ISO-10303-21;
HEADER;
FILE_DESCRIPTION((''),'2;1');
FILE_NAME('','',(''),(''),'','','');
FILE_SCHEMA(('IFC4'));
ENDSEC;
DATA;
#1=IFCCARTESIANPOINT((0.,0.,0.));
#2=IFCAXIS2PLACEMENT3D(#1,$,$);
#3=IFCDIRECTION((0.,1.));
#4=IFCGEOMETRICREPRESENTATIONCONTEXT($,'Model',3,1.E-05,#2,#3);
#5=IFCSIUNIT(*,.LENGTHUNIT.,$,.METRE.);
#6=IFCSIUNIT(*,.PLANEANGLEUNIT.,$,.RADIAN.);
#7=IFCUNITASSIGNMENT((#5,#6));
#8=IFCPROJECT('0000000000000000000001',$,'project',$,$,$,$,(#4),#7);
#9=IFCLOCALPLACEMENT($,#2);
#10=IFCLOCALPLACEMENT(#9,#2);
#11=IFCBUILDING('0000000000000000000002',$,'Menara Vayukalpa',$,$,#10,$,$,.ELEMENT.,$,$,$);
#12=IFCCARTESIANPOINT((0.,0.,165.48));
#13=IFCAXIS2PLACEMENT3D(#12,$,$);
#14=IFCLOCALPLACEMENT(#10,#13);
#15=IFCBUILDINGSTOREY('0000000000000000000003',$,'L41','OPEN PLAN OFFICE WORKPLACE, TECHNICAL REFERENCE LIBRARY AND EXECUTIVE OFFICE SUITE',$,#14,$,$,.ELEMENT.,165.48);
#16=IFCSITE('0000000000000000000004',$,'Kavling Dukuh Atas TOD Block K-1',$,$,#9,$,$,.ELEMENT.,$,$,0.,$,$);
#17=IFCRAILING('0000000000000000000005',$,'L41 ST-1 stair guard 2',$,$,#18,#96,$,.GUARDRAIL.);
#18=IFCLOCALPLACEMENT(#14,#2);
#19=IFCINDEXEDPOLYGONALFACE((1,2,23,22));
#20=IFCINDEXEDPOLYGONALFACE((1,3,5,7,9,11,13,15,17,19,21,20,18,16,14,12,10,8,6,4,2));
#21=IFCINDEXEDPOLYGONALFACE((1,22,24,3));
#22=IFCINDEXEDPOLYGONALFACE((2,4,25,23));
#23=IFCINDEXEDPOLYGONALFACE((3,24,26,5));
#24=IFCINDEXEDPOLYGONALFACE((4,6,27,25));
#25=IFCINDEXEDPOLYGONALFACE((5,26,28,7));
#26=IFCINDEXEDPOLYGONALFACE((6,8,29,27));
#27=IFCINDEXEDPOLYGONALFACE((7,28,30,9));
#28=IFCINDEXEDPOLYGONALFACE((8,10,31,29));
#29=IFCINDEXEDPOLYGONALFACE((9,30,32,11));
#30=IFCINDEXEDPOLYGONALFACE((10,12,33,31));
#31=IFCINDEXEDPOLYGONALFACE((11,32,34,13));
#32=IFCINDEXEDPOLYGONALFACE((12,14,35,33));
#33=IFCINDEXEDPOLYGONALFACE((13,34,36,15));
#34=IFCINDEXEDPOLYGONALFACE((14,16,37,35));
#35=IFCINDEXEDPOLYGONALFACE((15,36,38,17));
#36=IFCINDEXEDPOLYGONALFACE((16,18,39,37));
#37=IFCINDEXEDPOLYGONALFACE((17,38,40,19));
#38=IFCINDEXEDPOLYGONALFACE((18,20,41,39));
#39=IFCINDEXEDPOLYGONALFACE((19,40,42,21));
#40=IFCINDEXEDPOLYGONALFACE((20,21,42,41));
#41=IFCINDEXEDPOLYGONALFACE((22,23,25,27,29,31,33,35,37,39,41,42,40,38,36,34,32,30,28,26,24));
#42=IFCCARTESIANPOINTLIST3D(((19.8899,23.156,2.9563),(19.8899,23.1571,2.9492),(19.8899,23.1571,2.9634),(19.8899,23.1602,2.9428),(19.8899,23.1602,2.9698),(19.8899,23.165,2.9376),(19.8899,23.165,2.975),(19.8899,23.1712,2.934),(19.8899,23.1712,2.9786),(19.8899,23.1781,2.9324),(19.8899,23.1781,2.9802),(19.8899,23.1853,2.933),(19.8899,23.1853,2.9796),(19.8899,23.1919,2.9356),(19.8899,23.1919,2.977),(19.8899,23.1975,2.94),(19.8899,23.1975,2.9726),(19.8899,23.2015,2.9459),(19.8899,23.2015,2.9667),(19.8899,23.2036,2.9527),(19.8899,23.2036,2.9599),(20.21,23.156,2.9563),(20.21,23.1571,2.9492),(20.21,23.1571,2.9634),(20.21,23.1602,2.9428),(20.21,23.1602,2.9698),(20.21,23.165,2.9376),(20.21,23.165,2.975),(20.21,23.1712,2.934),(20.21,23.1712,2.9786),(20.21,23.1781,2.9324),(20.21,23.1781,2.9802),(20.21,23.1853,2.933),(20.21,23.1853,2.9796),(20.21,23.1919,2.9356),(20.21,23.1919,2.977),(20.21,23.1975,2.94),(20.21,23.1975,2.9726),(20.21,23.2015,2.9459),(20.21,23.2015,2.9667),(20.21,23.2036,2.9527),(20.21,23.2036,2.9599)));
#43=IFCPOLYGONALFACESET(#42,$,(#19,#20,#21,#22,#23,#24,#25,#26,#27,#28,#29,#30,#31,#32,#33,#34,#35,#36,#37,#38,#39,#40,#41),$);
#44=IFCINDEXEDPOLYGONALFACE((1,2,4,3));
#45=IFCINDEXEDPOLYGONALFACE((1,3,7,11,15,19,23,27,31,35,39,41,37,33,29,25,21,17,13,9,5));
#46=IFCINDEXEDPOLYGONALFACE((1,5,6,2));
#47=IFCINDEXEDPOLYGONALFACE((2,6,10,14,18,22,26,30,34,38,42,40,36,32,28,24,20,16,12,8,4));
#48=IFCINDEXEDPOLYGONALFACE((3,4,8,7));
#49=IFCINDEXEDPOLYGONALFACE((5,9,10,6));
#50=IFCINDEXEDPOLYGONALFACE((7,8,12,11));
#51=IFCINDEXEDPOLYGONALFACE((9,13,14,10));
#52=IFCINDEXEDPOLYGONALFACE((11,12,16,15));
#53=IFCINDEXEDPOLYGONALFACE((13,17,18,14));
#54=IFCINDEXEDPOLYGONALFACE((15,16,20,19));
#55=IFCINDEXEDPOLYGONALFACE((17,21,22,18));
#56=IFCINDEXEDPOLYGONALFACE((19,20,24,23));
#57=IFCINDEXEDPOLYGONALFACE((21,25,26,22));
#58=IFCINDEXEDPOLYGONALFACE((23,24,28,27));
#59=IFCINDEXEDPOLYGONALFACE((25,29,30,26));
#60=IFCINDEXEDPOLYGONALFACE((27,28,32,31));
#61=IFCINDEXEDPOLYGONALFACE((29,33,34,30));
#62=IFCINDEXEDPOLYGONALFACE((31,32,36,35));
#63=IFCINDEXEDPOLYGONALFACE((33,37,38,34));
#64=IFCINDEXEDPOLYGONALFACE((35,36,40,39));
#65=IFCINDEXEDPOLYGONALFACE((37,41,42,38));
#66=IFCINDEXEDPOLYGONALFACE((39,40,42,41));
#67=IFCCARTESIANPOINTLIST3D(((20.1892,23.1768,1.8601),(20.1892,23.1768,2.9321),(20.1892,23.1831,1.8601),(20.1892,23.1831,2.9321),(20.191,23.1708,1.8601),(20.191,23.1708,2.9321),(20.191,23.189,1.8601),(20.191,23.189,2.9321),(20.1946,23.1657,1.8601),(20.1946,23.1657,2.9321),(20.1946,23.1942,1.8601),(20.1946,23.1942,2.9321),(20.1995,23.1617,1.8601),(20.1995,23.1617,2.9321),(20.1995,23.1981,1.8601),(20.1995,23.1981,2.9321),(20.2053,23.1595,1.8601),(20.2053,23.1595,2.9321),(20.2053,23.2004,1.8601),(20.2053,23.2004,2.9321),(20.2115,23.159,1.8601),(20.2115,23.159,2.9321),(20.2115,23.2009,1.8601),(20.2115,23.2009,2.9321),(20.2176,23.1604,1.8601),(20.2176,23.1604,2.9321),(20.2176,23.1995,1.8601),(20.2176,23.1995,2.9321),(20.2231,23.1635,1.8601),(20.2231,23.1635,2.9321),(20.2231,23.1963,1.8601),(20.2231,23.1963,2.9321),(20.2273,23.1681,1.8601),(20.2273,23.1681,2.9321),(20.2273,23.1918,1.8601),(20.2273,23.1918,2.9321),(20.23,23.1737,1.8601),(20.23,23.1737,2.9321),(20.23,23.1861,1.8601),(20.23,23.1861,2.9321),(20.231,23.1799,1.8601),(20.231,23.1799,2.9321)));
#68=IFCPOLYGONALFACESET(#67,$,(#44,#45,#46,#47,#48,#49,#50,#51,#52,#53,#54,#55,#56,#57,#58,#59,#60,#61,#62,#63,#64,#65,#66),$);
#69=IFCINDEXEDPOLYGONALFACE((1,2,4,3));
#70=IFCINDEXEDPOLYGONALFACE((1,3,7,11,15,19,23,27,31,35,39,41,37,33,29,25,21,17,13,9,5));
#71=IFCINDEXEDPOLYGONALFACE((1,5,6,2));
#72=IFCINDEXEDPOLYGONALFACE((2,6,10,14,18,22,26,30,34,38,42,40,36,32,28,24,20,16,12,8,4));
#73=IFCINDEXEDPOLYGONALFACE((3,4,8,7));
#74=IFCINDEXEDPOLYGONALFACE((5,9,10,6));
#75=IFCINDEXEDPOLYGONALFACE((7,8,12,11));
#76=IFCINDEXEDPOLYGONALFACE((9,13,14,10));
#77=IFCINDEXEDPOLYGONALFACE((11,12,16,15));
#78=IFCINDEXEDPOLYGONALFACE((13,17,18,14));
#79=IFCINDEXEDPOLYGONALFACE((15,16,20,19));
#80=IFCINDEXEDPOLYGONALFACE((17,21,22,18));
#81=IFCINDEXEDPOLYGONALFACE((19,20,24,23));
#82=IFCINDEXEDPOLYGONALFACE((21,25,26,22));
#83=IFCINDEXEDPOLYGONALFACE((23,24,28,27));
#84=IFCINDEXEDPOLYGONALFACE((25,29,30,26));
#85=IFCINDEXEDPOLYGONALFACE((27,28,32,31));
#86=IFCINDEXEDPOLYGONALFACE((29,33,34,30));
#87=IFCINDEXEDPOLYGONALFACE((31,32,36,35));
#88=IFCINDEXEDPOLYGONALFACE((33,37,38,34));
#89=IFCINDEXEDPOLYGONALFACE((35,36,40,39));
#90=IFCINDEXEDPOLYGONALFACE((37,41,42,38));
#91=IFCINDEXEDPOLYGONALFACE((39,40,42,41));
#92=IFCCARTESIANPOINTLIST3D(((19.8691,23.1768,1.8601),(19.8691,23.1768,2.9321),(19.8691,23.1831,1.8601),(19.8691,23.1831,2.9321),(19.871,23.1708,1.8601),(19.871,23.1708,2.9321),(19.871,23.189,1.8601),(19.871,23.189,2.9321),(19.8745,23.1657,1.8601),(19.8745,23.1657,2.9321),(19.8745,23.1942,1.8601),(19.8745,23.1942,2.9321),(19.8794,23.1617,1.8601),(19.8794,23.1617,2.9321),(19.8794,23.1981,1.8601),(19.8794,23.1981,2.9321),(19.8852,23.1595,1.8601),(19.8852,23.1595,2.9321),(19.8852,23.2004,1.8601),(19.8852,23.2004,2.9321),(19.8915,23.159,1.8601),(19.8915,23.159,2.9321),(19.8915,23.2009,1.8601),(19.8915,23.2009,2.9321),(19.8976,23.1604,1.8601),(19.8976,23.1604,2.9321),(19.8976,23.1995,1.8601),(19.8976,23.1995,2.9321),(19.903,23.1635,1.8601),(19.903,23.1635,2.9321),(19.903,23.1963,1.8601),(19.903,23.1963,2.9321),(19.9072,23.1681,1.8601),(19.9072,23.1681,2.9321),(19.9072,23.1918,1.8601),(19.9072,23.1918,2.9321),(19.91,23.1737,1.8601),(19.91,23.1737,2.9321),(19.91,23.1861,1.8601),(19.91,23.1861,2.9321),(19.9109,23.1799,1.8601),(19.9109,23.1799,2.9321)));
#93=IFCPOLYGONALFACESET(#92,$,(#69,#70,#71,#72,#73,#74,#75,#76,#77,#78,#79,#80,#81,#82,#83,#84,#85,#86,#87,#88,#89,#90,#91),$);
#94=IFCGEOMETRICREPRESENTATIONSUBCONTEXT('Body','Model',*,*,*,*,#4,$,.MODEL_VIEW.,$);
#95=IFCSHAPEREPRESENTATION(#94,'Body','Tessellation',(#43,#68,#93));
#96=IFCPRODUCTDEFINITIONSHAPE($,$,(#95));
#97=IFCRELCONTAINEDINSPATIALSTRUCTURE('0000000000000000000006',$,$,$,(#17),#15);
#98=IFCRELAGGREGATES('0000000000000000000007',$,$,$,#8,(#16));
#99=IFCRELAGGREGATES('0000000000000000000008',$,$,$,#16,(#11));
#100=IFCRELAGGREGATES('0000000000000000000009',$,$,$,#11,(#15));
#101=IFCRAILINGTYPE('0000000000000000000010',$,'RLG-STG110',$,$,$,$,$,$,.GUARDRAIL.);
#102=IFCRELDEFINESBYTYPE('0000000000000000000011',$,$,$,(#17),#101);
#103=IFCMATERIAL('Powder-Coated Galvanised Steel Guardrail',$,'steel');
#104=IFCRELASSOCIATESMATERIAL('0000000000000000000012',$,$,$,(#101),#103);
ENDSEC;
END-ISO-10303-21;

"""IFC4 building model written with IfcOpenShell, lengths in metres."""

from ifc_helpers import new_model, si_unit, direction, frame, origin, origin_2d, place, context, subcontext, project, spatial, circle, extrude, material, type_object, element, save


model = new_model("IFC4")

# Units and contexts
model_context = context("Model", 3, precision=1e-05, world=origin(), true_north=direction((0.0, 1.0)))
body_context = subcontext(model_context, "Body", "Model", "MODEL_VIEW")
ifc_project = project(units=[si_unit("LENGTHUNIT", "METRE"), si_unit("PLANEANGLEUNIT", "RADIAN")], contexts=[model_context])

# Site, building, storey
site_placement = place(None, origin())
site = spatial("IfcSite", under=ifc_project, at=site_placement, Name="Kavling Dukuh Atas TOD Block K-1", CompositionType="ELEMENT", RefElevation=0.0)
building_placement = place(site_placement, origin())
building = spatial("IfcBuilding", under=site, at=building_placement, Name="Menara Vayukalpa", CompositionType="ELEMENT")
storey_placement = place(building_placement, frame((0.0, 0.0, 165.48)))
storey = spatial("IfcBuildingStorey", under=building, at=storey_placement, Name="L41", Description="OPEN PLAN OFFICE WORKPLACE, TECHNICAL REFERENCE LIBRARY AND EXECUTIVE OFFICE SUITE", CompositionType="ELEMENT", Elevation=165.48)

# Railing
ifc_material_1 = material(Name="Powder-Coated Galvanised Steel Guardrail", Category="steel")
railing_type_1 = type_object("IfcRailingType", Name="RLG-STG110", PredefinedType="GUARDRAIL", material=ifc_material_1)
railing_1_placement = place(storey_placement, frame((20.21, 23.1799, 1.8601)))
element("IfcRailing", 1, at=railing_1_placement, inside=storey, type_object=railing_type_1, Name="L41 ST-1 stair guard 2", PredefinedType="GUARDRAIL", context=body_context, shape_type="SweptSolid", body=[
    extrude(circle(Radius=0.0239, at=origin_2d()), frame((0.0, 0.0, 1.0962), z_axis=(-1.0, 0.0, 0.0), x_axis=(0.0, -1.0, 0.0)), (0.0, 0.0, 1.0), 0.3201),
    extrude(circle(Radius=0.021, at=origin_2d()), origin(), (0.0, 0.0, 1.0), 1.072),
    extrude(circle(Radius=0.021, at=origin_2d()), frame((-0.3201, 0.0, 0.0)), (0.0, 0.0, 1.0), 1.072),
])

save(model, "model.ifc")
